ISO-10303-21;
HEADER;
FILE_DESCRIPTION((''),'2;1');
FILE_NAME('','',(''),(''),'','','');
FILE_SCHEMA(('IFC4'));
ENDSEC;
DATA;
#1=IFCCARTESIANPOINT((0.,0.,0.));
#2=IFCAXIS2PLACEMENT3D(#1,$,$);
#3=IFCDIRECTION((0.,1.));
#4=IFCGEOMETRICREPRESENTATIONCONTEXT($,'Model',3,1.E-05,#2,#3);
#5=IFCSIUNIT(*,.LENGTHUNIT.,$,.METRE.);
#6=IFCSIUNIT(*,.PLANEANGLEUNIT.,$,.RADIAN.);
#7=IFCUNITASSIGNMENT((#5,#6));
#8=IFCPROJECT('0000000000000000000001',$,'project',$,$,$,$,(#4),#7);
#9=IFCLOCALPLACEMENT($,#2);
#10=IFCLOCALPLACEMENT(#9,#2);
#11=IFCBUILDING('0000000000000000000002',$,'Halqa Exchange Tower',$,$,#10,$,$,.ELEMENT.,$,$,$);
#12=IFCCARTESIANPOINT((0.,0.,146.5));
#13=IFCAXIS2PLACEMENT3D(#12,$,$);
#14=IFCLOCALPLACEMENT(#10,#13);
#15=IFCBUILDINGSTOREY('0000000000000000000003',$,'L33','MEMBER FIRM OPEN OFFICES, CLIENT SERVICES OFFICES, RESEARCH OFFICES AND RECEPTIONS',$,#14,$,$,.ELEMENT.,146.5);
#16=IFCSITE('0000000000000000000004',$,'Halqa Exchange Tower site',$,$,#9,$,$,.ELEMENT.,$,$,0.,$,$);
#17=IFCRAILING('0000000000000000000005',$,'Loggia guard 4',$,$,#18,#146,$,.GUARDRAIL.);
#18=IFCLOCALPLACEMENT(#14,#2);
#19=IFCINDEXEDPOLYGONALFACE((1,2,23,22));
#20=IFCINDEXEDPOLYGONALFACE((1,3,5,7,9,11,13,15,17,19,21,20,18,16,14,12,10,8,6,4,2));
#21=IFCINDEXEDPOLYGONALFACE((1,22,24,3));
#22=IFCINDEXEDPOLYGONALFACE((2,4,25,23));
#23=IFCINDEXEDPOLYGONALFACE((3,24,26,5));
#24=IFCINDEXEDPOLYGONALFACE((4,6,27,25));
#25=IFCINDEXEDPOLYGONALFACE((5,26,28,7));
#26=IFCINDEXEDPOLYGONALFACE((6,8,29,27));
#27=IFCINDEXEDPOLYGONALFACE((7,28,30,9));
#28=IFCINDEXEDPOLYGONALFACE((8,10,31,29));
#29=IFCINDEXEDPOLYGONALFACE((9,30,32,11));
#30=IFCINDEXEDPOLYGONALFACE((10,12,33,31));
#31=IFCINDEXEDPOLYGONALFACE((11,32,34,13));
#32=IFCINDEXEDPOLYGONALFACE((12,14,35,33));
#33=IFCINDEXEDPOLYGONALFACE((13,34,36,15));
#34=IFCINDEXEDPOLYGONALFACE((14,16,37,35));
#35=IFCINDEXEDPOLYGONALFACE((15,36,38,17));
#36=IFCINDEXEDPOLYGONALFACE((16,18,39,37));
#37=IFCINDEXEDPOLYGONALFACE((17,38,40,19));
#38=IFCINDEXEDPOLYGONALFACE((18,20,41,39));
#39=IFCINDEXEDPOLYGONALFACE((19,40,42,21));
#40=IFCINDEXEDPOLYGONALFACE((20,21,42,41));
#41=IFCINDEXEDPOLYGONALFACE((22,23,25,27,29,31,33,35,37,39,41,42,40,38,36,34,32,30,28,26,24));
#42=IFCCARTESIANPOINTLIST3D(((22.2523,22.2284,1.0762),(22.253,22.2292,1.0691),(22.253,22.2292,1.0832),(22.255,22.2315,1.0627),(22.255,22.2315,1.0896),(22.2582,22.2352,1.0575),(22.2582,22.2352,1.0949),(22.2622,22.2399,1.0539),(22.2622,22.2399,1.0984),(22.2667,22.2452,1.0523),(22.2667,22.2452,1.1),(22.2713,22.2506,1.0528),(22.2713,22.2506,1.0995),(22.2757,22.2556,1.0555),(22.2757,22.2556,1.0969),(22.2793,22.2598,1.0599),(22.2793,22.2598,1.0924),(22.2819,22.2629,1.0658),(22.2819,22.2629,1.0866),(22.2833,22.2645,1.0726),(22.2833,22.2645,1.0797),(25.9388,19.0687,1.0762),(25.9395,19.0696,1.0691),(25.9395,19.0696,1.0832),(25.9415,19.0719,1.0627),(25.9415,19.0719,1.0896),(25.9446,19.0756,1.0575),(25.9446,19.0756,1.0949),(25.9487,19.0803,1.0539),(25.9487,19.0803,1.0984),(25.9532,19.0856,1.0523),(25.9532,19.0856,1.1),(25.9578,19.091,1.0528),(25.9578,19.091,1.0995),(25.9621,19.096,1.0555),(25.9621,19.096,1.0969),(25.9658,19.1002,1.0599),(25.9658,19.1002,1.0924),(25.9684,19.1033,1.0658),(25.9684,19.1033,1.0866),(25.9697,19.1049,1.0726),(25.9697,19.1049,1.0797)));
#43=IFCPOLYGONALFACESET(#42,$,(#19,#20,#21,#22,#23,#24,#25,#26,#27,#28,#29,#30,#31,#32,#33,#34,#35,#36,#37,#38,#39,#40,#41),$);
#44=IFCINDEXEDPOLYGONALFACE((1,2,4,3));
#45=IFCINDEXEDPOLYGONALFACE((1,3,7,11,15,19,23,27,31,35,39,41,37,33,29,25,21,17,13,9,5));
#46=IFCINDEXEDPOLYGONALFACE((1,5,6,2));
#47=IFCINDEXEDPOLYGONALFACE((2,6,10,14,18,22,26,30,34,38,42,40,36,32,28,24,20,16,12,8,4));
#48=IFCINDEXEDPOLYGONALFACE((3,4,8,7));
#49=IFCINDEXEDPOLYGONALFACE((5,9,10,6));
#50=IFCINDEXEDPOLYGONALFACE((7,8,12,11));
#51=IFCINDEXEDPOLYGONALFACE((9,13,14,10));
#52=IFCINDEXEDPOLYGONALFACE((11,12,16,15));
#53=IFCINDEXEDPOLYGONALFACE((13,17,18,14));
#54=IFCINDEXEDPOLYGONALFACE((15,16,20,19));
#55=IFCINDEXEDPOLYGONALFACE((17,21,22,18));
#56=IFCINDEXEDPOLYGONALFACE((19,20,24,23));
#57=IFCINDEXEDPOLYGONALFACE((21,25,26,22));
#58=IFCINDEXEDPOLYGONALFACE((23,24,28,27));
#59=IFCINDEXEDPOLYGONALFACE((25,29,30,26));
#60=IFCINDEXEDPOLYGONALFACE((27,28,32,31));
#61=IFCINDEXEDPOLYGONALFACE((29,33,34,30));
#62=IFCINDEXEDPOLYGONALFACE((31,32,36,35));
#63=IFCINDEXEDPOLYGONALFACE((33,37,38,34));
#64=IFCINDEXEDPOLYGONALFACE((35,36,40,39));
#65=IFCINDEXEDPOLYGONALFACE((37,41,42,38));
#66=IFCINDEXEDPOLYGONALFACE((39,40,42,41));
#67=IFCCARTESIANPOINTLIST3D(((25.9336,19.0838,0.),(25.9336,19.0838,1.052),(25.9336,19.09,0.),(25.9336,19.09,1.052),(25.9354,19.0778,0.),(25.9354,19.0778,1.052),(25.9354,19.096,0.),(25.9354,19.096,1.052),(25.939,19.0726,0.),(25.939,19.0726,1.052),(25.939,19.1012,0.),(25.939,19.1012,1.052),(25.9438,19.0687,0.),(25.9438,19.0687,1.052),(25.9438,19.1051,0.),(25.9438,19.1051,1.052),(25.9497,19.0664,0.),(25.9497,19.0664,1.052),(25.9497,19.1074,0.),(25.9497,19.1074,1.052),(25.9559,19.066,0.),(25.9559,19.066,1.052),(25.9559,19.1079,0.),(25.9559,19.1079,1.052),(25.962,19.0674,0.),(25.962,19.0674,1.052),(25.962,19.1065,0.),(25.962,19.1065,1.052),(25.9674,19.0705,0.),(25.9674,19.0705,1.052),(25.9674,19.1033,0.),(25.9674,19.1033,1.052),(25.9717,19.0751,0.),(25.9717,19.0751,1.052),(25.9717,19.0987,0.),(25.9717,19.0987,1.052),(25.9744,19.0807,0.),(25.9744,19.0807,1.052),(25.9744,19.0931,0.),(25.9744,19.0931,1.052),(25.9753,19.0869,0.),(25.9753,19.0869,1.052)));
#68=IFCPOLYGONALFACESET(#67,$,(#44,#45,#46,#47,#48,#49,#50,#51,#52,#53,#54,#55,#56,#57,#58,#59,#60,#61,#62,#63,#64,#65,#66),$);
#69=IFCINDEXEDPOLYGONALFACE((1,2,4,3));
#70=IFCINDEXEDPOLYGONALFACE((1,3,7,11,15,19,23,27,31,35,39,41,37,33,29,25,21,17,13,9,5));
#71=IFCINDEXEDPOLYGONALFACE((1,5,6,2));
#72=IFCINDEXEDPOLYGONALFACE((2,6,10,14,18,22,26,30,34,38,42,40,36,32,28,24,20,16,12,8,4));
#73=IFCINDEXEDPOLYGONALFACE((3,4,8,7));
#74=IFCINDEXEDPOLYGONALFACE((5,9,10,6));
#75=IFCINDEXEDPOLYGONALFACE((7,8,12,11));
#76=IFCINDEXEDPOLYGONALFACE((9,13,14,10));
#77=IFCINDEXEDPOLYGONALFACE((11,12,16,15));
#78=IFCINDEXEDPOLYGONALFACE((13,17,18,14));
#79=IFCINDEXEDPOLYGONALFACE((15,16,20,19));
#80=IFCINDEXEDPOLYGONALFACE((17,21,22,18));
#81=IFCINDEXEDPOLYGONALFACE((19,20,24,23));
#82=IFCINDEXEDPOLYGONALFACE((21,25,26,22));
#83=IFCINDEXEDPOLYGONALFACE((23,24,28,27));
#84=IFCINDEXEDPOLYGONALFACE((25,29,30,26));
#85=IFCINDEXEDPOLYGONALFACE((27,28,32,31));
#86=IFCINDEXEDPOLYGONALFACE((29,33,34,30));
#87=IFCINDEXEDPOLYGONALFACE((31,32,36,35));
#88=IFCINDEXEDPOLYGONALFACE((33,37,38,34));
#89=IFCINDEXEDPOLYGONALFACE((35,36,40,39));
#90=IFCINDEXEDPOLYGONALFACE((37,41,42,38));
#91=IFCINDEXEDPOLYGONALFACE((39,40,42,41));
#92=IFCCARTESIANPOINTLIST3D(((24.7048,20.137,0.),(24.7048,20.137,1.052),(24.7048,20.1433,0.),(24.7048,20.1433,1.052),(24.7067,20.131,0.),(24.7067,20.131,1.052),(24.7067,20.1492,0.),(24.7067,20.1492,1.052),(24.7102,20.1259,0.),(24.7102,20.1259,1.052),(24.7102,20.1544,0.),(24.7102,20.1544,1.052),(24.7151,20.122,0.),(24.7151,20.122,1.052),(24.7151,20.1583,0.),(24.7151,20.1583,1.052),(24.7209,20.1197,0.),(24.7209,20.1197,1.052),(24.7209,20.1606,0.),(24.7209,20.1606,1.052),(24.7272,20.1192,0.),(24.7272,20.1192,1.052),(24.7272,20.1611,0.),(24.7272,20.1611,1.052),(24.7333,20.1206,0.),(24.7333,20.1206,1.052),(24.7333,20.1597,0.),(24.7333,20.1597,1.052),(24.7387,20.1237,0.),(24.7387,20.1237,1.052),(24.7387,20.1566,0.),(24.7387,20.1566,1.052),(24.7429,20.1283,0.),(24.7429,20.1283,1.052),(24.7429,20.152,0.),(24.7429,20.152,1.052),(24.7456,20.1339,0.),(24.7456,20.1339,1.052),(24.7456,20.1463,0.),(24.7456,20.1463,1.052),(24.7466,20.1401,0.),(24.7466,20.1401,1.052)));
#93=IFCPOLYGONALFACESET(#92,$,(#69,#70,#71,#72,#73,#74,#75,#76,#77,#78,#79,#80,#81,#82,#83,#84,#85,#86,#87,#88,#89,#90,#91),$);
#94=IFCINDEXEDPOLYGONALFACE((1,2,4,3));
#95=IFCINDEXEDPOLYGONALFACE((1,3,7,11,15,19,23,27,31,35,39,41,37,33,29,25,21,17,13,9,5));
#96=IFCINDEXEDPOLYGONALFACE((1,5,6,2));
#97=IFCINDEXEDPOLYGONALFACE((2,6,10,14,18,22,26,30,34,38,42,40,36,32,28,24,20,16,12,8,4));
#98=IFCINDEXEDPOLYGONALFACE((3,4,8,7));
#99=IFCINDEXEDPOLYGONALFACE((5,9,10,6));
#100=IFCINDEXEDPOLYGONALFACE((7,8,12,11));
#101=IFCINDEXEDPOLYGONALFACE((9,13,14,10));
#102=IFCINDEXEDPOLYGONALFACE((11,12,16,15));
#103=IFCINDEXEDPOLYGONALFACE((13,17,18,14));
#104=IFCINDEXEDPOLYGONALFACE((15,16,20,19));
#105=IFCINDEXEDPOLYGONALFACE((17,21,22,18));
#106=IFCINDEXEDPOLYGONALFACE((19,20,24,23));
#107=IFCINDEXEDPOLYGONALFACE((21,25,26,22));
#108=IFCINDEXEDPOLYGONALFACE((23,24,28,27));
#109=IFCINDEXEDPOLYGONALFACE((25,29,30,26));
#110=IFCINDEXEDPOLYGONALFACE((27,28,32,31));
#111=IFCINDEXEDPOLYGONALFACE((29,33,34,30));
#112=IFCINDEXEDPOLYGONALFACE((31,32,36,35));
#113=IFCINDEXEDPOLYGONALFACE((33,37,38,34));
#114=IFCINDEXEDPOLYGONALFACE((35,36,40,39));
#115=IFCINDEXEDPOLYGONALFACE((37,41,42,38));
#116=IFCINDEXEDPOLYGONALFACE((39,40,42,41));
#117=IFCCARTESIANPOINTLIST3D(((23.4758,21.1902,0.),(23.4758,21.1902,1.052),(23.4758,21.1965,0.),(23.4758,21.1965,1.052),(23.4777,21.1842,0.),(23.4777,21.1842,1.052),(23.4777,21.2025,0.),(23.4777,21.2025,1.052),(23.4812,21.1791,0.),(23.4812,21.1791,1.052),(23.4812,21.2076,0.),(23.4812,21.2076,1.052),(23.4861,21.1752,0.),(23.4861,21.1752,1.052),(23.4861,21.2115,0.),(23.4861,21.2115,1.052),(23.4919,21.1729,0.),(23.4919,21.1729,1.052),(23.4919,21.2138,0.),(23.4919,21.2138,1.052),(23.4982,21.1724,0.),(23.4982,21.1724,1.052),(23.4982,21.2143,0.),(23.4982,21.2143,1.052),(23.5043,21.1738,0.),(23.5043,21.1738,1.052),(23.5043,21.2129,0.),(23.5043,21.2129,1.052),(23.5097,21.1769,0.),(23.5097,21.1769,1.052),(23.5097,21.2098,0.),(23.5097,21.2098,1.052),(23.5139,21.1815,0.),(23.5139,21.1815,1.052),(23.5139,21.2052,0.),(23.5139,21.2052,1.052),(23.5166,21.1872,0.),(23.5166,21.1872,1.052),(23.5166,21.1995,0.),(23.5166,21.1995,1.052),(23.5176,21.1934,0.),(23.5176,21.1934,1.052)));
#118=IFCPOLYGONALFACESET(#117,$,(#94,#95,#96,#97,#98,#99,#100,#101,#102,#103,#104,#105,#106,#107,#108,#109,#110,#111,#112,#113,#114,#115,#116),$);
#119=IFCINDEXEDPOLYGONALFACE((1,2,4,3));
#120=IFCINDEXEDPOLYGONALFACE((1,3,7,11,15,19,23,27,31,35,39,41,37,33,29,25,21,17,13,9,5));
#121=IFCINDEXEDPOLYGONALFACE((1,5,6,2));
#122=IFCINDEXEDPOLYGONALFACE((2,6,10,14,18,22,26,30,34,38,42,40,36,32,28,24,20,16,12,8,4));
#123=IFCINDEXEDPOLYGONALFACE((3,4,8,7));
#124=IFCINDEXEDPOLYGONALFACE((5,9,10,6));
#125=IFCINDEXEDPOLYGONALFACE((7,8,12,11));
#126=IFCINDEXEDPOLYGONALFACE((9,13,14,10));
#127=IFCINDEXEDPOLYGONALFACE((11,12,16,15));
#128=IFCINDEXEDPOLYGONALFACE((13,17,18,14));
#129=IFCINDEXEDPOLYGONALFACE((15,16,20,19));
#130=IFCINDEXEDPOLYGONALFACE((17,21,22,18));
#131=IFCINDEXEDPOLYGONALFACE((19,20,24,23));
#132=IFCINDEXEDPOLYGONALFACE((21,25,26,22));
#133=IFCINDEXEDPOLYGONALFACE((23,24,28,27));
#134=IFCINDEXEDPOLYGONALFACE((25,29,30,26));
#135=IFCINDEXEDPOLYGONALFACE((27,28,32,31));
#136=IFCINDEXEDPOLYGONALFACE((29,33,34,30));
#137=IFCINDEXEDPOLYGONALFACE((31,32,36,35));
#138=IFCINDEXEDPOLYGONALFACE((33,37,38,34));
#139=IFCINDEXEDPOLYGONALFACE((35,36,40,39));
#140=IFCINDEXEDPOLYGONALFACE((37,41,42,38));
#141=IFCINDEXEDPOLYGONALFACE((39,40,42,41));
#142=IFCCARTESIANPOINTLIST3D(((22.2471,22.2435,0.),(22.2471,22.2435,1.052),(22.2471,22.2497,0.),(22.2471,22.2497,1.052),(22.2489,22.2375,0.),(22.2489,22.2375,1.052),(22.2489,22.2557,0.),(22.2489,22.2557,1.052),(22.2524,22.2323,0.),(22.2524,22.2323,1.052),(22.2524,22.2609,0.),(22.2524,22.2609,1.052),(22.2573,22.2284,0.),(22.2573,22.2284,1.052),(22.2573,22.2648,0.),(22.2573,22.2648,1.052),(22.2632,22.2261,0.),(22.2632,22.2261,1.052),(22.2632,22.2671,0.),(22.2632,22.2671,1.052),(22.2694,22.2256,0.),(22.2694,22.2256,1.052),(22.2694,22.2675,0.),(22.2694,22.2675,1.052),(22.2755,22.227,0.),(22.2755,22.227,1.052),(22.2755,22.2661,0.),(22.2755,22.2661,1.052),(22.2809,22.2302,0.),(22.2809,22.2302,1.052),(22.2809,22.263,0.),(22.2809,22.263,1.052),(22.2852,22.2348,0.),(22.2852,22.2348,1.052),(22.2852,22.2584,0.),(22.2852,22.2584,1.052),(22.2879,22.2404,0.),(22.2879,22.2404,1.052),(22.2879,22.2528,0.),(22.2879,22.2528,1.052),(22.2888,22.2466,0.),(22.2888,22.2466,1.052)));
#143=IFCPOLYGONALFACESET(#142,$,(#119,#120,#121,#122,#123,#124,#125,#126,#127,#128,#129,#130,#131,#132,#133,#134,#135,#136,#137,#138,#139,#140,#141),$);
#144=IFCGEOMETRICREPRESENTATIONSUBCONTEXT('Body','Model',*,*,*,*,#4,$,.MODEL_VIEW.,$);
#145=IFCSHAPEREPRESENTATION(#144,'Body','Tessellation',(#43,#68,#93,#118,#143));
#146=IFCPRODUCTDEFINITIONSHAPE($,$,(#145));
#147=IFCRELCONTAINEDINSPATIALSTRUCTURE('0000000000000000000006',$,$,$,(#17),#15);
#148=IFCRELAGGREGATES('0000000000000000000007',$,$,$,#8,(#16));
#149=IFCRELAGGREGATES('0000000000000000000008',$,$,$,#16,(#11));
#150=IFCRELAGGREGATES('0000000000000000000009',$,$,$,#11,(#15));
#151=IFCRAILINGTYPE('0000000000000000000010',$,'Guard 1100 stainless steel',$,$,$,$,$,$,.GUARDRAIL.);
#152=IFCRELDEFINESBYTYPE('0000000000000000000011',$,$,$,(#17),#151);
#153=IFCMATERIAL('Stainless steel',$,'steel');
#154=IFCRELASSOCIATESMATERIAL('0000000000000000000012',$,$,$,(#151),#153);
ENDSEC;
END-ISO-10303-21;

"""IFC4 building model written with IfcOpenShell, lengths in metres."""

from ifc_helpers import new_model, si_unit, direction, frame, origin, origin_2d, place, context, subcontext, project, spatial, circle, extrude, material, type_object, element, save


model = new_model("IFC4")

# Units and contexts
model_context = context("Model", 3, precision=1e-05, world=origin(), true_north=direction((0.0, 1.0)))
body_context = subcontext(model_context, "Body", "Model", "MODEL_VIEW")
ifc_project = project(units=[si_unit("LENGTHUNIT", "METRE"), si_unit("PLANEANGLEUNIT", "RADIAN")], contexts=[model_context])

# Site, building, storey
site_placement = place(None, origin())
site = spatial("IfcSite", under=ifc_project, at=site_placement, Name="Halqa Exchange Tower site", CompositionType="ELEMENT", RefElevation=0.0)
building_placement = place(site_placement, origin())
building = spatial("IfcBuilding", under=site, at=building_placement, Name="Halqa Exchange Tower", CompositionType="ELEMENT")
storey_placement = place(building_placement, frame((0.0, 0.0, 146.5)))
storey = spatial("IfcBuildingStorey", under=building, at=storey_placement, Name="L33", Description="MEMBER FIRM OPEN OFFICES, CLIENT SERVICES OFFICES, RESEARCH OFFICES AND RECEPTIONS", CompositionType="ELEMENT", Elevation=146.5)

# Railing
ifc_material_1 = material(Name="Stainless steel", Category="steel")
railing_type = type_object("IfcRailingType", Name="Guard 1100 stainless steel", PredefinedType="GUARDRAIL", material=ifc_material_1)
railing_1_placement = place(storey_placement, frame((25.9543, 19.0869, 0.0)))
element("IfcRailing", 1, at=railing_1_placement, inside=storey, type_object=railing_type, Name="Loggia guard 4", PredefinedType="GUARDRAIL", context=body_context, shape_type="SweptSolid", body=[
    extrude(circle(Radius=0.0239, at=origin_2d()), frame((0.0, 0.0, 1.0762), z_axis=(-0.759278, 0.650767, 0.0), x_axis=(-0.650767, -0.759278, 0.0)), (0.0, 0.0, 1.0), 4.8552),
    extrude(circle(Radius=0.021, at=origin_2d()), origin(), (0.0, 0.0, 1.0), 1.052),
    extrude(circle(Radius=0.021, at=origin_2d()), frame((-1.2288, 1.0532, 0.0)), (0.0, 0.0, 1.0), 1.052),
    extrude(circle(Radius=0.021, at=origin_2d()), frame((-2.4578, 2.1064, 0.0)), (0.0, 0.0, 1.0), 1.052),
    extrude(circle(Radius=0.021, at=origin_2d()), frame((-3.6865, 3.1597, 0.0)), (0.0, 0.0, 1.0), 1.052),
])

save(model, "model.ifc")
